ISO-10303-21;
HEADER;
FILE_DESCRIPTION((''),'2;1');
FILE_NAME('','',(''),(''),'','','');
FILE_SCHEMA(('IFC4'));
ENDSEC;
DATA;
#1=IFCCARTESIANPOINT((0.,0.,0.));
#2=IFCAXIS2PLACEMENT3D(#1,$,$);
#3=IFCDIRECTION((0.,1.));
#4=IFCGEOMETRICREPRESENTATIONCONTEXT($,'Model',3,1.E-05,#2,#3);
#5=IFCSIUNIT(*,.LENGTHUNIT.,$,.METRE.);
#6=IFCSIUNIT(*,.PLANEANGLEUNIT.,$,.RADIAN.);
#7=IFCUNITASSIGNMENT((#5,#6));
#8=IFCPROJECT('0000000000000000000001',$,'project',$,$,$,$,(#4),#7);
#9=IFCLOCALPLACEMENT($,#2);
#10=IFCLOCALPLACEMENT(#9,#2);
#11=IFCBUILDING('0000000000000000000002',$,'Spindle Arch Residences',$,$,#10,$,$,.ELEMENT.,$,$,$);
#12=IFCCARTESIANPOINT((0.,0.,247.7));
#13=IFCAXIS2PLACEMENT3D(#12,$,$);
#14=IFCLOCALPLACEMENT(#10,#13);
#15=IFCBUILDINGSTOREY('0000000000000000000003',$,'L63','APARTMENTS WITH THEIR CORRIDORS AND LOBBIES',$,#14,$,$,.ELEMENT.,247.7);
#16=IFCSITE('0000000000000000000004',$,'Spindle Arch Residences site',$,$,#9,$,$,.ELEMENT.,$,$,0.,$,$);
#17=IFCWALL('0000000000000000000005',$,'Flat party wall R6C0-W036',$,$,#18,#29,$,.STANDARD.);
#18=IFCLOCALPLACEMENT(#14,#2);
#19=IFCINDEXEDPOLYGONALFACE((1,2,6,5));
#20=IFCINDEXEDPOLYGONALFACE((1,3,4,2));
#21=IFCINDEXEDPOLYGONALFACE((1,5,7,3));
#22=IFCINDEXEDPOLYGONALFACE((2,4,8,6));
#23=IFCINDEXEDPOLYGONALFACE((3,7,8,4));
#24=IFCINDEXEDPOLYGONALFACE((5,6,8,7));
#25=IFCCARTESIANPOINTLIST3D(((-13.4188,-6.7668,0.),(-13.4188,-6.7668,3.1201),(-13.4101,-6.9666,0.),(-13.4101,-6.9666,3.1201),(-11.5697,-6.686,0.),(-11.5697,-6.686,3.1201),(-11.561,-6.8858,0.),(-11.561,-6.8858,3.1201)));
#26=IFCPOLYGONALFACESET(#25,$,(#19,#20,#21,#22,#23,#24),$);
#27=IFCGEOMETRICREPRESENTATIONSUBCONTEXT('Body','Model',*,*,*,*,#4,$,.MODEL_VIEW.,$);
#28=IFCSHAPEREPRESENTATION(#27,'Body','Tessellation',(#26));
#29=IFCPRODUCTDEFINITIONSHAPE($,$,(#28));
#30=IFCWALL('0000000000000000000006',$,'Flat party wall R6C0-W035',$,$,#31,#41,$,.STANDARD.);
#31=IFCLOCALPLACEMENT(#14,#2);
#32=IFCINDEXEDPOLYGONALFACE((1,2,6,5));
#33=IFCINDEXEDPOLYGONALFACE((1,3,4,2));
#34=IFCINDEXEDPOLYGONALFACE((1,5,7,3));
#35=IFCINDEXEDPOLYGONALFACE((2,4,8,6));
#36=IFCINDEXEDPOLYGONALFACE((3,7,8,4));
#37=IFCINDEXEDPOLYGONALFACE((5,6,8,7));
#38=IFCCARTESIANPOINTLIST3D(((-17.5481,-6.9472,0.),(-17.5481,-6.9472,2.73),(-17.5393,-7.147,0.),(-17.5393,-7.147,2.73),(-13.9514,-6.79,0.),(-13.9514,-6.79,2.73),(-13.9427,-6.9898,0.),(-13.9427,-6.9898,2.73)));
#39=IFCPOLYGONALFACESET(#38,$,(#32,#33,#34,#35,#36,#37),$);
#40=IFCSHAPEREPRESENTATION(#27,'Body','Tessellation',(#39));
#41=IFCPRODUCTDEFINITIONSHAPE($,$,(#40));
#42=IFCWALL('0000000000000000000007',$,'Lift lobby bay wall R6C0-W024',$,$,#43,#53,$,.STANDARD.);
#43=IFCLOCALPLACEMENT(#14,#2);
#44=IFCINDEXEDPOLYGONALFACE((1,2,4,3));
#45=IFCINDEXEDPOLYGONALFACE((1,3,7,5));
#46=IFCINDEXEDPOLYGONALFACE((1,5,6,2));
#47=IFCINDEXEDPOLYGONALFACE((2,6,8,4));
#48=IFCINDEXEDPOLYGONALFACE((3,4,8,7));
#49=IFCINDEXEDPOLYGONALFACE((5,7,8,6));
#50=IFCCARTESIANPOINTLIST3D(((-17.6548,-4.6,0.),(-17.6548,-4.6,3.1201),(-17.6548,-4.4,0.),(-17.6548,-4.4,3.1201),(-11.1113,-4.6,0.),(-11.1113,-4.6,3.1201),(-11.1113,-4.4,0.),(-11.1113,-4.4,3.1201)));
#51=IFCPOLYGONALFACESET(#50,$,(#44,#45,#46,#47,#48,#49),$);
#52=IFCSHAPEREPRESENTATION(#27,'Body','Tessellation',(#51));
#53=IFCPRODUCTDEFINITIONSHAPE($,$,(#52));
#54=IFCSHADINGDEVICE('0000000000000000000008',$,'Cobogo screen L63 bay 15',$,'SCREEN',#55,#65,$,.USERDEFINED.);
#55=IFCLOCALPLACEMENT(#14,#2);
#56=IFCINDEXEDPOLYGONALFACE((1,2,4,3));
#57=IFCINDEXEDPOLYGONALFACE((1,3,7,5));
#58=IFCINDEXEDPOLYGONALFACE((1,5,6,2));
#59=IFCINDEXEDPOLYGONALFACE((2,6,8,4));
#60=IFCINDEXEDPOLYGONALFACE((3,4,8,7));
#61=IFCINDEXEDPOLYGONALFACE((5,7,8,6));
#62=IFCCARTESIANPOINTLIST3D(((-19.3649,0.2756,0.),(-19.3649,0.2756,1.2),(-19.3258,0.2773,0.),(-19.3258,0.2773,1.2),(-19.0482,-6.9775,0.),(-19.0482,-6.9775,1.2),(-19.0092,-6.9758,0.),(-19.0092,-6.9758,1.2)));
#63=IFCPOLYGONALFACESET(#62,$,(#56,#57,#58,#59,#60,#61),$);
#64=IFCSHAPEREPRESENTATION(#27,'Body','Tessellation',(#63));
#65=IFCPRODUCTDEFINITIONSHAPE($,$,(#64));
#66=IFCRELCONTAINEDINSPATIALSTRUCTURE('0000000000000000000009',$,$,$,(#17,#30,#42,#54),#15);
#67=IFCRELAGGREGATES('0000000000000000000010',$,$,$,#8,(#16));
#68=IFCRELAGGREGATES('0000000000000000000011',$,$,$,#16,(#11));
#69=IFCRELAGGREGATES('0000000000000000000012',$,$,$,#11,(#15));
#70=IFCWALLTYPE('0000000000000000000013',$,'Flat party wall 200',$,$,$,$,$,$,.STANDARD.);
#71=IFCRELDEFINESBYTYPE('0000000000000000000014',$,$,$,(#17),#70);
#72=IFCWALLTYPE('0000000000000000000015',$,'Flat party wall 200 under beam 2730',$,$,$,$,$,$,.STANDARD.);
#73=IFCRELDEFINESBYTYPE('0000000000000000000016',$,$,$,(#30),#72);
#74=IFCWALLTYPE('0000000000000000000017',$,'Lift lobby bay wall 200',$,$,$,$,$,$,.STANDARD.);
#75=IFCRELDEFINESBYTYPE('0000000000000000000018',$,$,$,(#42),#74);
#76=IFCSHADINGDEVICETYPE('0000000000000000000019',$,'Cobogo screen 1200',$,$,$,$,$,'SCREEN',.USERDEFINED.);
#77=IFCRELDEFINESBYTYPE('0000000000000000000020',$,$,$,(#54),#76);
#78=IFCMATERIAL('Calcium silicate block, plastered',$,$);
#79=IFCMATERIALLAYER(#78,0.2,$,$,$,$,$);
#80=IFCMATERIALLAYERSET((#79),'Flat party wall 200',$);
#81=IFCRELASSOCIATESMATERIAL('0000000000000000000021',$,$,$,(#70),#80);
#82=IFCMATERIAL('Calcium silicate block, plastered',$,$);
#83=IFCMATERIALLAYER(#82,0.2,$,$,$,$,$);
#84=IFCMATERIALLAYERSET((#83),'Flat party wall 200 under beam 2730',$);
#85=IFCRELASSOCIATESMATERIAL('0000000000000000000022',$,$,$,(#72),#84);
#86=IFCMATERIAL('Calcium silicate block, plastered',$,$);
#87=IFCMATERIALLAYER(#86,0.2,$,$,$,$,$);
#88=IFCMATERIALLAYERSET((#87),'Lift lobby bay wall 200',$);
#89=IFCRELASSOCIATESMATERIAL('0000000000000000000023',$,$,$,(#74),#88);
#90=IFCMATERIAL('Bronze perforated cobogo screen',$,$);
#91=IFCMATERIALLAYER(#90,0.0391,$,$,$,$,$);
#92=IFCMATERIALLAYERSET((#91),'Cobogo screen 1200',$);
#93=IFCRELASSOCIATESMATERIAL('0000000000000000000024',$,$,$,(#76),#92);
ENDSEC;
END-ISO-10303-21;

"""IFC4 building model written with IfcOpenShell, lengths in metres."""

from ifc_helpers import new_model, si_unit, direction, frame, frame_2d, origin, origin_2d, place, context, subcontext, project, spatial, rectangle, extrude, material, layer, layer_set, type_object, element, save


model = new_model("IFC4")

# Units and contexts
model_context = context("Model", 3, precision=1e-05, world=origin(), true_north=direction((0.0, 1.0)))
body_context = subcontext(model_context, "Body", "Model", "MODEL_VIEW")
ifc_project = project(units=[si_unit("LENGTHUNIT", "METRE"), si_unit("PLANEANGLEUNIT", "RADIAN")], contexts=[model_context])

# Site, building, storey
site_placement = place(None, origin())
site = spatial("IfcSite", under=ifc_project, at=site_placement, Name="Spindle Arch Residences site", CompositionType="ELEMENT", RefElevation=0.0)
building_placement = place(site_placement, origin())
building = spatial("IfcBuilding", under=site, at=building_placement, Name="Spindle Arch Residences", CompositionType="ELEMENT")
storey_placement = place(building_placement, frame((0.0, 0.0, 247.7)))
storey = spatial("IfcBuildingStorey", under=building, at=storey_placement, Name="L63", Description="APARTMENTS WITH THEIR CORRIDORS AND LOBBIES", CompositionType="ELEMENT", Elevation=247.7)

# Walls
ifc_material_1 = material(Name="Calcium silicate block, plastered")
ifc_layer_1 = layer(ifc_material_1, 0.2)
ifc_layer_set_1 = layer_set([ifc_layer_1], Name="Flat party wall 200")
wall_type_1 = type_object("IfcWallType", Name="Flat party wall 200", PredefinedType="STANDARD", material=ifc_layer_set_1)
wall_1_placement = place(storey_placement, frame((-13.4143, -6.8667, 0.0), z_axis=(0.0, 0.0, 1.0), x_axis=(0.999046, 0.04366, 0.0)))
element("IfcWall", 1, at=wall_1_placement, inside=storey, type_object=wall_type_1, Name="Flat party wall R6C0-W036", PredefinedType="STANDARD", context=body_context, shape_type="SweptSolid", body=[
    extrude(rectangle(XDim=1.8508, YDim=0.2, at=frame_2d((0.9253, 0.0))), origin(), (0.0, 0.0, 1.0), 3.1201),
])
ifc_material_2 = material(Name="Calcium silicate block, plastered")
ifc_layer_2 = layer(ifc_material_2, 0.2)
ifc_layer_set_2 = layer_set([ifc_layer_2], Name="Flat party wall 200 under beam 2730")
wall_type_2 = type_object("IfcWallType", Name="Flat party wall 200 under beam 2730", PredefinedType="STANDARD", material=ifc_layer_set_2)
wall_2_placement = place(storey_placement, frame((-17.5437, -7.0471, 0.0), z_axis=(0.0, 0.0, 1.0), x_axis=(0.999046, 0.043673, 0.0)))
element("IfcWall", 2, at=wall_2_placement, inside=storey, type_object=wall_type_2, Name="Flat party wall R6C0-W035", PredefinedType="STANDARD", context=body_context, shape_type="SweptSolid", body=[
    extrude(rectangle(XDim=3.6001, YDim=0.2, at=frame_2d((1.8, 0.0))), origin(), (0.0, 0.0, 1.0), 2.73),
])

# Wall
ifc_material_3 = material(Name="Calcium silicate block, plastered")
ifc_layer_3 = layer(ifc_material_3, 0.2)
ifc_layer_set_3 = layer_set([ifc_layer_3], Name="Lift lobby bay wall 200")
wall_type_3 = type_object("IfcWallType", Name="Lift lobby bay wall 200", PredefinedType="STANDARD", material=ifc_layer_set_3)
wall_3_placement = place(storey_placement, frame((-17.6548, -4.5, 0.0), z_axis=(0.0, 0.0, 1.0), x_axis=(1.0, 0.0, 0.0)))
element("IfcWall", 3, at=wall_3_placement, inside=storey, type_object=wall_type_3, Name="Lift lobby bay wall R6C0-W024", PredefinedType="STANDARD", context=body_context, shape_type="SweptSolid", body=[
    extrude(rectangle(XDim=6.5435, YDim=0.2, at=frame_2d((3.2717, 0.0))), origin(), (0.0, 0.0, 1.0), 3.1201),
])

# Shading device
ifc_material_4 = material(Name="Bronze perforated cobogo screen")
ifc_layer_4 = layer(ifc_material_4, 0.0391)
ifc_layer_set_4 = layer_set([ifc_layer_4], Name="Cobogo screen 1200")
shading_device_type = type_object("IfcShadingDeviceType", Name="Cobogo screen 1200", ElementType="SCREEN", PredefinedType="USERDEFINED", material=ifc_layer_set_4)
shading_device_placement = place(storey_placement, frame((-19.187, -3.3501, 0.0), z_axis=(0.0, 0.0, 1.0), x_axis=(0.043619, -0.999048, 0.0)))
element("IfcShadingDevice", 4, at=shading_device_placement, inside=storey, type_object=shading_device_type, Name="Cobogo screen L63 bay 15", ObjectType="SCREEN", PredefinedType="USERDEFINED", context=body_context, shape_type="SweptSolid", body=[
    extrude(rectangle(XDim=7.26, YDim=0.0391, at=origin_2d()), origin(), (0.0, 0.0, 1.0), 1.2),
])

save(model, "model.ifc")
